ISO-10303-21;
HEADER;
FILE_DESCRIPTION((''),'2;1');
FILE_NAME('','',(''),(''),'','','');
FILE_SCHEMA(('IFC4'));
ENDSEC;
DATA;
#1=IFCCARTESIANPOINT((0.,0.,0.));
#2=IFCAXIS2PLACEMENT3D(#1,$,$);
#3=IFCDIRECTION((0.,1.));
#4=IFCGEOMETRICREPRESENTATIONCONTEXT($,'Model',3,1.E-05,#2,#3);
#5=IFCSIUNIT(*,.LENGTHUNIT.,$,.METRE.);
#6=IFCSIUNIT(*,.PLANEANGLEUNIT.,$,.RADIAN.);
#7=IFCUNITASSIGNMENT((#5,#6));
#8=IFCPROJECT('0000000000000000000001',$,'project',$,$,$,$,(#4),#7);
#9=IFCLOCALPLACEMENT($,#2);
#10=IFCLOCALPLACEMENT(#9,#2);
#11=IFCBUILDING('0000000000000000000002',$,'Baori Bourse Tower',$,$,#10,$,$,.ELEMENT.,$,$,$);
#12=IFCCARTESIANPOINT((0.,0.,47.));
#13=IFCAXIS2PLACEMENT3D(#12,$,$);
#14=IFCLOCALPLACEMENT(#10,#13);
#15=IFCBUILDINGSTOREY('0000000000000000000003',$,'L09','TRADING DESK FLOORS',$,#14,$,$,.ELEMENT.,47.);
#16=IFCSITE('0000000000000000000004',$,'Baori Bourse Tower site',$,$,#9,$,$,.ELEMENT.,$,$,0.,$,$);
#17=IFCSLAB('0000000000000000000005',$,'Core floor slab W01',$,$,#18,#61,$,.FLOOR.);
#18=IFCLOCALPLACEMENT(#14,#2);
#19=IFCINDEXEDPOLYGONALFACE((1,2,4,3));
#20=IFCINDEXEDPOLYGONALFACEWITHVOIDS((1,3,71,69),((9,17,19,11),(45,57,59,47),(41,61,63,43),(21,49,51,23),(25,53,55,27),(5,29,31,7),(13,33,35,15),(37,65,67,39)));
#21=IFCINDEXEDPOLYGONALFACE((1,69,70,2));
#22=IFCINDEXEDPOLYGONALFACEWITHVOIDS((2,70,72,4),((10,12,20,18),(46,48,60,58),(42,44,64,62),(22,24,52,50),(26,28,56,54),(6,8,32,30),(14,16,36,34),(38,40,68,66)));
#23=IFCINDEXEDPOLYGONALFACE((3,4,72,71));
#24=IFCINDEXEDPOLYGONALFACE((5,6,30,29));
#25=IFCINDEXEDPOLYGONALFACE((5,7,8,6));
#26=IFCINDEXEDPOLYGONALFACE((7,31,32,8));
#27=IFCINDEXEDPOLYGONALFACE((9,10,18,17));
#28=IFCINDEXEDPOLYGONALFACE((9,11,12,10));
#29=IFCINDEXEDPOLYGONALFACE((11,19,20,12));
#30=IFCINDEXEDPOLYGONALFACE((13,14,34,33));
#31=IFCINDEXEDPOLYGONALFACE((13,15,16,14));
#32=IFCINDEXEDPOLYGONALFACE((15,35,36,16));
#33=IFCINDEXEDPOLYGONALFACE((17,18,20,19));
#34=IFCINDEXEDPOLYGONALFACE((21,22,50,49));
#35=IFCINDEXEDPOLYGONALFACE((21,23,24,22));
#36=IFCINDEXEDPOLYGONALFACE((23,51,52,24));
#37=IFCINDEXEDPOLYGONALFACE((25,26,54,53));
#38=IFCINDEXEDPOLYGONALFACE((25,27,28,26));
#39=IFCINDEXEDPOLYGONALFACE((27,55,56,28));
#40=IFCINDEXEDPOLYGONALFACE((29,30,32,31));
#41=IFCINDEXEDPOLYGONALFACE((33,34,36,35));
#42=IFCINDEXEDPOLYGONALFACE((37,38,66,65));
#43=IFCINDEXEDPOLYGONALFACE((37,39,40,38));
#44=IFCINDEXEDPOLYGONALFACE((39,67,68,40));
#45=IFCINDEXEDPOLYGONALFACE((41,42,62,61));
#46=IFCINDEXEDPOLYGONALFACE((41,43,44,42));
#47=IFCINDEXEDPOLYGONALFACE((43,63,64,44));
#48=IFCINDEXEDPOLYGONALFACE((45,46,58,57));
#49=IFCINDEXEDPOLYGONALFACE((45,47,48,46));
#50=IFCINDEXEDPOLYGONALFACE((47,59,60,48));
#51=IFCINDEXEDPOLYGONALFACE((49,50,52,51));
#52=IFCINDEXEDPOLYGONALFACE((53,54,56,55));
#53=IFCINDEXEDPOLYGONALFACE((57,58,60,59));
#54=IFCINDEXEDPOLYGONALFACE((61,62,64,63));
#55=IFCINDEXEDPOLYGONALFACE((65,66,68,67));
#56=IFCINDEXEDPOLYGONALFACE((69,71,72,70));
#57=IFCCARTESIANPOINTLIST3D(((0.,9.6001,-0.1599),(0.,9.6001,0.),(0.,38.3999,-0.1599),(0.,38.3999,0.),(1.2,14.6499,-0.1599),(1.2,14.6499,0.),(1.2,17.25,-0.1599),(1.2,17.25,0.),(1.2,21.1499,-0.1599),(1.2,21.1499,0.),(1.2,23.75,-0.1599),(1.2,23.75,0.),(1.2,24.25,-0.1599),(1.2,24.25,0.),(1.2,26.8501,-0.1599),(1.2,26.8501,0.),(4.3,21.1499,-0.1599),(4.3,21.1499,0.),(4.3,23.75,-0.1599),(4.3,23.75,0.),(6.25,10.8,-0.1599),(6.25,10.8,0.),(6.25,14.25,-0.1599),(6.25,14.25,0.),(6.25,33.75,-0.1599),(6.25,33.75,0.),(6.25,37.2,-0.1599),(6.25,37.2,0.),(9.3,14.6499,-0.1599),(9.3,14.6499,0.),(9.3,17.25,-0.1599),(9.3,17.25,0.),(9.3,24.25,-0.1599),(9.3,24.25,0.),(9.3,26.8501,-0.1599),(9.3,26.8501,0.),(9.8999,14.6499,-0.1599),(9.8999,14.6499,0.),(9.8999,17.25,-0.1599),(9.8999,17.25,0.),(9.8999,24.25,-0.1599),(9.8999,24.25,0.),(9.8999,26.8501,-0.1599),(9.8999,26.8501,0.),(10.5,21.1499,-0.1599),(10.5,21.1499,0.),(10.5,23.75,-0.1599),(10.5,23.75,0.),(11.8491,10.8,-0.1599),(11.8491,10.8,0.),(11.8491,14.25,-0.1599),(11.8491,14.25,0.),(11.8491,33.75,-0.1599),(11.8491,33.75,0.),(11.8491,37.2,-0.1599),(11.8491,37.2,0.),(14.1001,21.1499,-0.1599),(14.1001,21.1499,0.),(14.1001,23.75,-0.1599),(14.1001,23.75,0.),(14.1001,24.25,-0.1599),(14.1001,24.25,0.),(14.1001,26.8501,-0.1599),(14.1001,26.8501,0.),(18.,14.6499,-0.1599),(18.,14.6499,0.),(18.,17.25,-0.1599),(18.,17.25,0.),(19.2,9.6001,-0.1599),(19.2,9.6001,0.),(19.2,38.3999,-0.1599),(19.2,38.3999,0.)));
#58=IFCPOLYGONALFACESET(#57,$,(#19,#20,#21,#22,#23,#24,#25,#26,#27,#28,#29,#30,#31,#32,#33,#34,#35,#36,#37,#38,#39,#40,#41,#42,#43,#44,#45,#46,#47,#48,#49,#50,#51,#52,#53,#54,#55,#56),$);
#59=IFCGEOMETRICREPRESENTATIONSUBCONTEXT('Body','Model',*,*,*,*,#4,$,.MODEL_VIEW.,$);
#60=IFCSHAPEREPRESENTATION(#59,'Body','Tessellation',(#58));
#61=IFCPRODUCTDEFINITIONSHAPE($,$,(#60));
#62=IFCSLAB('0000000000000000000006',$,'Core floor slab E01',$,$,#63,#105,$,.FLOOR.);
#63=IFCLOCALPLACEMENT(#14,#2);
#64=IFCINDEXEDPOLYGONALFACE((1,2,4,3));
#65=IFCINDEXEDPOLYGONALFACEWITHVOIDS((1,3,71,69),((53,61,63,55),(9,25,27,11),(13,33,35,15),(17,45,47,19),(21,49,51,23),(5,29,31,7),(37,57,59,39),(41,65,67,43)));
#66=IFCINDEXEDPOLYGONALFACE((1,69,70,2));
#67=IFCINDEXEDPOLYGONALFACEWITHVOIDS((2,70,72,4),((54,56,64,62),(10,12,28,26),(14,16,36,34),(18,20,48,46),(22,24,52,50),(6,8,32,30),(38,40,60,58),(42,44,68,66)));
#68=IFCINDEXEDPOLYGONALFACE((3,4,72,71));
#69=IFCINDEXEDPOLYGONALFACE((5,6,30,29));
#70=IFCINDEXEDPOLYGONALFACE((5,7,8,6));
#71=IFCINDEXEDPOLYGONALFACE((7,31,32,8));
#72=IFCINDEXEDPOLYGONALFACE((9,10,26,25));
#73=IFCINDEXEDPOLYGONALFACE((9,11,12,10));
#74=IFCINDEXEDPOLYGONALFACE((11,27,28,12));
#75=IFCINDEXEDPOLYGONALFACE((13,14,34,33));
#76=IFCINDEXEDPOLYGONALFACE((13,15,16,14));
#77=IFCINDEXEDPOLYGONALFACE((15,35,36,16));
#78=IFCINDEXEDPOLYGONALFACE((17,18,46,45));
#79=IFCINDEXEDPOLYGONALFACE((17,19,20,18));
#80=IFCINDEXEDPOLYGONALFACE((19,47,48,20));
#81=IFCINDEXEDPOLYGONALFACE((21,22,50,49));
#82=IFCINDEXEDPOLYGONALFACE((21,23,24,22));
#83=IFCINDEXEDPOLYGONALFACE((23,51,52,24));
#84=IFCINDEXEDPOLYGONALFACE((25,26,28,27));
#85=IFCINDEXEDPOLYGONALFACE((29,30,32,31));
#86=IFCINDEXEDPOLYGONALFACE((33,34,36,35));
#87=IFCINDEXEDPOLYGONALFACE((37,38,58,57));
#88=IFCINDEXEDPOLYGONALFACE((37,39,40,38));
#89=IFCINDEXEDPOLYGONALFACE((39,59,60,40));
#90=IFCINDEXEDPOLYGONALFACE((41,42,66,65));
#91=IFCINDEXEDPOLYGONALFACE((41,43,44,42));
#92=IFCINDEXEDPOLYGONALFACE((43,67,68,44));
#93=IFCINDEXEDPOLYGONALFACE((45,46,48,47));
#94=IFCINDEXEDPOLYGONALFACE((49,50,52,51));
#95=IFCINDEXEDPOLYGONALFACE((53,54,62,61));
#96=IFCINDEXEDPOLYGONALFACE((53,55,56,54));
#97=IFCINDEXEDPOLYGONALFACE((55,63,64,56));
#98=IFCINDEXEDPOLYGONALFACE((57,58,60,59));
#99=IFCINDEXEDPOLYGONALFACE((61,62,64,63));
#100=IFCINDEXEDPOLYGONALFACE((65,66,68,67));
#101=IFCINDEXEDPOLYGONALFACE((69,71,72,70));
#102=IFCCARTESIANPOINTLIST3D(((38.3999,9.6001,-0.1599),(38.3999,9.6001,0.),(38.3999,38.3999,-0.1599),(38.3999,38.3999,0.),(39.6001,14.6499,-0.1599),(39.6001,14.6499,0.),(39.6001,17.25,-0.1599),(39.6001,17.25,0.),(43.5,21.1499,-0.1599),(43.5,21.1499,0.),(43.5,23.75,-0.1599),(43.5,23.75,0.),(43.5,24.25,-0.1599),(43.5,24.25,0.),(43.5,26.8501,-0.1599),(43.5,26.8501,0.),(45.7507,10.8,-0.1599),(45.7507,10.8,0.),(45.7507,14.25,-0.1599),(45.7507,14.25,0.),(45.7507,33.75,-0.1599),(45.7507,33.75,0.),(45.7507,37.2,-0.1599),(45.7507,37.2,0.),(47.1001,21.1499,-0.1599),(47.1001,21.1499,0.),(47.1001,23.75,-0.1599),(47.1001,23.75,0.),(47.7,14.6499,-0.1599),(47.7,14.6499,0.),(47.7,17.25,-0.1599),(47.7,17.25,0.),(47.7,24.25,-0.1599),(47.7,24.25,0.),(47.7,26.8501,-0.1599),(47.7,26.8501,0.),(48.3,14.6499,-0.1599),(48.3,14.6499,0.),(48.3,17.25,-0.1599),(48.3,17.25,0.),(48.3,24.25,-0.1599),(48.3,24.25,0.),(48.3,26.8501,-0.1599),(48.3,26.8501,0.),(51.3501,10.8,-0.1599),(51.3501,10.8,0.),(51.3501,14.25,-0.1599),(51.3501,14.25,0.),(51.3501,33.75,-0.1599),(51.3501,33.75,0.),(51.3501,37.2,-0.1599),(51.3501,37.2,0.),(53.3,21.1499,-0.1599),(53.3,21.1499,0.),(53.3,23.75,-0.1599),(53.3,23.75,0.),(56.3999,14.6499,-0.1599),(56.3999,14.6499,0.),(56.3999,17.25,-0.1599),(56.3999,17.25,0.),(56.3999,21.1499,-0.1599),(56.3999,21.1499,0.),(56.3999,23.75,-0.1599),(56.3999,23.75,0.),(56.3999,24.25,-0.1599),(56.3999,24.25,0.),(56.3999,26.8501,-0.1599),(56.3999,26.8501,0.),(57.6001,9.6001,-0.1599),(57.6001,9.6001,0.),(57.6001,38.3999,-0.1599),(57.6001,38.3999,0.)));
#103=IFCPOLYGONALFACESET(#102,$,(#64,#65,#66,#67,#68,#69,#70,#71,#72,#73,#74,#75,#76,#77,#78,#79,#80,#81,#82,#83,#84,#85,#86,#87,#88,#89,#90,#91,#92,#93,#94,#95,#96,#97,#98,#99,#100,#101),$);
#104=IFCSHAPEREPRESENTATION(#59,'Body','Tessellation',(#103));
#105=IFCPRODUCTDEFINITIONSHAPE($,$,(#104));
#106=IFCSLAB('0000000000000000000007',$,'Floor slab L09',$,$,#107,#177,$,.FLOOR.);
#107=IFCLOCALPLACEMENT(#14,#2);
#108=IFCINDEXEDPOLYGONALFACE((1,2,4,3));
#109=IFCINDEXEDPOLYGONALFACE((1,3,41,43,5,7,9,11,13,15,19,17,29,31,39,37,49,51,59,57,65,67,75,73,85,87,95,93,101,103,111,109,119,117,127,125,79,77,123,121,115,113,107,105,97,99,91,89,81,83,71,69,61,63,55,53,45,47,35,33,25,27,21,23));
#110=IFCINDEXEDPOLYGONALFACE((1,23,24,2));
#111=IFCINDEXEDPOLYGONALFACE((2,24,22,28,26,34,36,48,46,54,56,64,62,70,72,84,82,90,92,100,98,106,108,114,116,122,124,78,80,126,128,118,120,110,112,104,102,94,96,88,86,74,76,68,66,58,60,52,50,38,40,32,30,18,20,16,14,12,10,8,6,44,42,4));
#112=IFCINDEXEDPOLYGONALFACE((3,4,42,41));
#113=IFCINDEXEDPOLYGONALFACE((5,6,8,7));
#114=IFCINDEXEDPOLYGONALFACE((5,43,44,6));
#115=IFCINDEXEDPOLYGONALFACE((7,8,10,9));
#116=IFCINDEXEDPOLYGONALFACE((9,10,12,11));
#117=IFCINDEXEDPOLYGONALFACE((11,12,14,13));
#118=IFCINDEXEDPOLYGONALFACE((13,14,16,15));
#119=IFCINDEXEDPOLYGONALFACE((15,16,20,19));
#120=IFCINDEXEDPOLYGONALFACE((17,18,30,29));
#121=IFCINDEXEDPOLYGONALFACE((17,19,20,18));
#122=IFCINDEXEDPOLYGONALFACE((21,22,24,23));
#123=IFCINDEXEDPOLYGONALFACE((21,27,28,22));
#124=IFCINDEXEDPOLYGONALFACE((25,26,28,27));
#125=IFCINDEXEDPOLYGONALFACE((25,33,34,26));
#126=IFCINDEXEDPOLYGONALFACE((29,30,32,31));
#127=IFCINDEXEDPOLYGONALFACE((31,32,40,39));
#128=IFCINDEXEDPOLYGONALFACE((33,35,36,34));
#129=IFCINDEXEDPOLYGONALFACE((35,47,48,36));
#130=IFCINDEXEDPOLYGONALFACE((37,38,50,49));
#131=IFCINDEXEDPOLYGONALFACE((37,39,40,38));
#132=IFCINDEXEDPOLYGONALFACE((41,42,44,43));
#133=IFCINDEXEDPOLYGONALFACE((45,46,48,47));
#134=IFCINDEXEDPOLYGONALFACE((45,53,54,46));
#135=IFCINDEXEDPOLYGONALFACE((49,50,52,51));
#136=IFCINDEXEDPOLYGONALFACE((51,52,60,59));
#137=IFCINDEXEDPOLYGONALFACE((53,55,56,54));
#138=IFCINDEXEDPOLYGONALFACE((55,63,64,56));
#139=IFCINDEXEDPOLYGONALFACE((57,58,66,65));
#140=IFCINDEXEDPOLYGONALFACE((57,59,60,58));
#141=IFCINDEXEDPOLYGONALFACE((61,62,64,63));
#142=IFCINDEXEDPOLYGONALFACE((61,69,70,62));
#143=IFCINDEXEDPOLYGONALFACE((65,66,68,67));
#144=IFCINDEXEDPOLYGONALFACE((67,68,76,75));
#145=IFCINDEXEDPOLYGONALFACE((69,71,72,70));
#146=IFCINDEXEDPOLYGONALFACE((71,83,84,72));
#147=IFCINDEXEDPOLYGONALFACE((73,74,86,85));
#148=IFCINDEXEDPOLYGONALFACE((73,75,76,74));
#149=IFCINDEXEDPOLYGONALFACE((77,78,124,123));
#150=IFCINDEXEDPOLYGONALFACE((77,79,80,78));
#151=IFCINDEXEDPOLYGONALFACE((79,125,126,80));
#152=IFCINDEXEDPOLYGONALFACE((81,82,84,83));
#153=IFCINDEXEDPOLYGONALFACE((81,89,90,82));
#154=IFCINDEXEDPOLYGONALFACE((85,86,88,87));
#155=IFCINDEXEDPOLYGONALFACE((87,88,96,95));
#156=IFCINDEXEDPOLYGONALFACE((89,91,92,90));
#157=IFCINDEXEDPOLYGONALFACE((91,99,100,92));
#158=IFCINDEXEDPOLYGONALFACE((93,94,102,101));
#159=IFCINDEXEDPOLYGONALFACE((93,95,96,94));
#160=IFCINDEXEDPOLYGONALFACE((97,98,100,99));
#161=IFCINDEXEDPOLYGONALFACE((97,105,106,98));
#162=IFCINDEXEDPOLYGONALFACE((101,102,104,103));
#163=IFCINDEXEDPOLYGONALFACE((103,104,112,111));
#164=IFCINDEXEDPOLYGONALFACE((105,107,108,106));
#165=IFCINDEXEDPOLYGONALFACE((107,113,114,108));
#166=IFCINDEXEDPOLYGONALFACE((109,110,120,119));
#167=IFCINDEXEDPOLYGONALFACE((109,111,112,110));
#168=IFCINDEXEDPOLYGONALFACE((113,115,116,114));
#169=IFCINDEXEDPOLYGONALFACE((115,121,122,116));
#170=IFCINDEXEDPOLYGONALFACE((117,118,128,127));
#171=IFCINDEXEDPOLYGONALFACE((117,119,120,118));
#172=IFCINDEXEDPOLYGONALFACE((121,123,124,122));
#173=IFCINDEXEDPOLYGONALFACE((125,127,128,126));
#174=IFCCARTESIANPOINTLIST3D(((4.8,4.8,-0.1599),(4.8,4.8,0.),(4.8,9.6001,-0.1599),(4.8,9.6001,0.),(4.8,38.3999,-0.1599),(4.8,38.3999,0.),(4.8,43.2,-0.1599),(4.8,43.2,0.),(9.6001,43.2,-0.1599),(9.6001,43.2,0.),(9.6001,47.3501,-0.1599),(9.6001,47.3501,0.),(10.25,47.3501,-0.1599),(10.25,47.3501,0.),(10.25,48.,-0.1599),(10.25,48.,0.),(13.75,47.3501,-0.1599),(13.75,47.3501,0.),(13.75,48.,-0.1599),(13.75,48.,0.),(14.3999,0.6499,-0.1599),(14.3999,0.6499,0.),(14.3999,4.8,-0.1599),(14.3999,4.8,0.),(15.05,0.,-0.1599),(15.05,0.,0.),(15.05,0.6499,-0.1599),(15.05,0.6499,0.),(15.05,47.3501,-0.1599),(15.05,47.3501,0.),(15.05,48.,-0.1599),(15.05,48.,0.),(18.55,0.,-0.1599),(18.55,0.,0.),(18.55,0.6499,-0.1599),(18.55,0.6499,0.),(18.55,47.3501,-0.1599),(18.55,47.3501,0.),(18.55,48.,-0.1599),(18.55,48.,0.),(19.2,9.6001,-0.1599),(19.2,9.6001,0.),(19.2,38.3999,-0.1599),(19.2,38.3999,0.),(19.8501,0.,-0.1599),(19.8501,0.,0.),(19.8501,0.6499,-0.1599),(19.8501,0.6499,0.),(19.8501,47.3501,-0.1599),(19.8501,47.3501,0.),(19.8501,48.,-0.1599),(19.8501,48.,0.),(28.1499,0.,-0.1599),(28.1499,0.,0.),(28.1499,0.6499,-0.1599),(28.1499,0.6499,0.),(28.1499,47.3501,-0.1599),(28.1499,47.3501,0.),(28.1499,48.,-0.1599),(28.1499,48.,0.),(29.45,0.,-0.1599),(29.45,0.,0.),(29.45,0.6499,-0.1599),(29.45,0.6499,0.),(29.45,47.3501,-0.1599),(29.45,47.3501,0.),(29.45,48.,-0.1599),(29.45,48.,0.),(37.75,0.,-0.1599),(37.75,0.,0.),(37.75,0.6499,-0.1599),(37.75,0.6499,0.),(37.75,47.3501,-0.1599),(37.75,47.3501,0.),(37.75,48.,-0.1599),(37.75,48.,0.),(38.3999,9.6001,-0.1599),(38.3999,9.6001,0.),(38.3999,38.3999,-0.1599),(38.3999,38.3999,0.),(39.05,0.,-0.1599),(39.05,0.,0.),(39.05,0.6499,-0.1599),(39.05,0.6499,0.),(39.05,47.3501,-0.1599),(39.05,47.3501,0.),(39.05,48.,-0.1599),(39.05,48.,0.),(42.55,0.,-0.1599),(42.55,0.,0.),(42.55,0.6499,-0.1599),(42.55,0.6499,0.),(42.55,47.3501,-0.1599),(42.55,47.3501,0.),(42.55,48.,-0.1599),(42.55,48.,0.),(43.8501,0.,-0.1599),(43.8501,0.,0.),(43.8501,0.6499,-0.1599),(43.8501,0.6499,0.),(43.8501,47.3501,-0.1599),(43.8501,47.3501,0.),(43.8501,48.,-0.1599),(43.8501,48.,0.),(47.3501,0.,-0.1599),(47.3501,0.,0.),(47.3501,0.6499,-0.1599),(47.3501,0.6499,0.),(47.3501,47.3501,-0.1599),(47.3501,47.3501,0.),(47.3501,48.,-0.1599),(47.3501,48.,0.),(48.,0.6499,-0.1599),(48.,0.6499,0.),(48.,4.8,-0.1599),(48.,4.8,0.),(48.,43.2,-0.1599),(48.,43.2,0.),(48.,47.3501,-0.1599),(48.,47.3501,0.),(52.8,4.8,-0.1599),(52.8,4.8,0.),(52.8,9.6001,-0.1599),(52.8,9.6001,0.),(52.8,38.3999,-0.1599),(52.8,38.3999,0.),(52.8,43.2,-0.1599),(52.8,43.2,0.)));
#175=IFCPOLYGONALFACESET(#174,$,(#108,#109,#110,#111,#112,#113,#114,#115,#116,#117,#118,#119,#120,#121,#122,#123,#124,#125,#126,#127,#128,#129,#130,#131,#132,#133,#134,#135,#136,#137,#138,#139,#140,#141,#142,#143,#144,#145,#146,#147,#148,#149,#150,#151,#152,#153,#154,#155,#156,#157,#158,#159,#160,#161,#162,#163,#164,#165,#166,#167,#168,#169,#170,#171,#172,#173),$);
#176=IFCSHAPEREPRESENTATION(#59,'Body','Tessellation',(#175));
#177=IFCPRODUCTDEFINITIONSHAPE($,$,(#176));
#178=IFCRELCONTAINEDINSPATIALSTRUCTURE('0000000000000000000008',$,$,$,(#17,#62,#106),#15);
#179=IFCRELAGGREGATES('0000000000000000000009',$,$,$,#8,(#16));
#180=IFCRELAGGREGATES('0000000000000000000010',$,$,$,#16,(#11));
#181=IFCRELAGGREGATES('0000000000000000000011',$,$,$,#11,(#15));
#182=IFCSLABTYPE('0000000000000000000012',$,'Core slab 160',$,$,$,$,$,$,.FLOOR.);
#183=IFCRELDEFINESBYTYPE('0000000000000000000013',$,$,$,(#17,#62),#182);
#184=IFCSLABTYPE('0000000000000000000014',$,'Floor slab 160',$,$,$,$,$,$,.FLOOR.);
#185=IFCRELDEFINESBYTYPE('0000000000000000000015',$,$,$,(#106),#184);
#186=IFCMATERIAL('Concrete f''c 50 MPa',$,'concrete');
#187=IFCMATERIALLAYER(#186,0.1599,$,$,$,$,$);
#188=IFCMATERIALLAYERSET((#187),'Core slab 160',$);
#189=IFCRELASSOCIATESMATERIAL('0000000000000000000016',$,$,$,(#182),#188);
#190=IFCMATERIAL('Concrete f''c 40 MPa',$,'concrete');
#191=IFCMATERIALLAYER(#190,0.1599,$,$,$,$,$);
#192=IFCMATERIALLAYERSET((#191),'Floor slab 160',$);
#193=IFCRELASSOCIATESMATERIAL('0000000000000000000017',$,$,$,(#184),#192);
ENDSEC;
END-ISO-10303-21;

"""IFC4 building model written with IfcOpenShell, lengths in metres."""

from ifc_helpers import new_model, si_unit, direction, frame, origin, place, context, subcontext, project, spatial, polyline, outline, extrude, material, layer, layer_set, type_object, element, save


model = new_model("IFC4")

# Units and contexts
model_context = context("Model", 3, precision=1e-05, world=origin(), true_north=direction((0.0, 1.0)))
body_context = subcontext(model_context, "Body", "Model", "MODEL_VIEW")
ifc_project = project(units=[si_unit("LENGTHUNIT", "METRE"), si_unit("PLANEANGLEUNIT", "RADIAN")], contexts=[model_context])

# Site, building, storey
site_placement = place(None, origin())
site = spatial("IfcSite", under=ifc_project, at=site_placement, Name="Baori Bourse Tower site", CompositionType="ELEMENT", RefElevation=0.0)
building_placement = place(site_placement, origin())
building = spatial("IfcBuilding", under=site, at=building_placement, Name="Baori Bourse Tower", CompositionType="ELEMENT")
storey_placement = place(building_placement, frame((0.0, 0.0, 47.0)))
storey = spatial("IfcBuildingStorey", under=building, at=storey_placement, Name="L09", Description="TRADING DESK FLOORS", CompositionType="ELEMENT", Elevation=47.0)

# Slabs
ifc_material_1 = material(Name="Concrete f'c 50 MPa", Category="concrete")
ifc_layer_1 = layer(ifc_material_1, 0.1599)
ifc_layer_set_1 = layer_set([ifc_layer_1], Name="Core slab 160")
slab_type_1 = type_object("IfcSlabType", Name="Core slab 160", PredefinedType="FLOOR", material=ifc_layer_set_1)
slab_1_placement = place(storey_placement, frame((0.0, 0.0, -0.1599)))
element("IfcSlab", 1, at=slab_1_placement, inside=storey, type_object=slab_type_1, Name="Core floor slab W01", PredefinedType="FLOOR", context=body_context, shape_type="SweptSolid", body=[
    extrude(outline(polyline([(19.2, 9.6001), (19.2, 38.3999), (0.0, 38.3999), (0.0, 9.6001), (19.2, 9.6001)]), holes=[polyline([(9.8999, 14.6499), (9.8999, 17.25), (18.0, 17.25), (18.0, 14.6499), (9.8999, 14.6499)]), polyline([(10.5, 21.1499), (10.5, 23.75), (14.1001, 23.75), (14.1001, 21.1499), (10.5, 21.1499)]), polyline([(14.1001, 24.25), (9.8999, 24.25), (9.8999, 26.8501), (14.1001, 26.8501), (14.1001, 24.25)]), polyline([(6.25, 14.25), (11.8491, 14.25), (11.8491, 10.8), (6.25, 10.8), (6.25, 14.25)]), polyline([(11.8491, 37.2), (11.8491, 33.75), (6.25, 33.75), (6.25, 37.2), (11.8491, 37.2)]), polyline([(1.2, 26.8501), (9.3, 26.8501), (9.3, 24.25), (1.2, 24.25), (1.2, 26.8501)]), polyline([(9.3, 14.6499), (1.2, 14.6499), (1.2, 17.25), (9.3, 17.25), (9.3, 14.6499)]), polyline([(4.3, 23.75), (4.3, 21.1499), (1.2, 21.1499), (1.2, 23.75), (4.3, 23.75)])]), origin(), (0.0, 0.0, 1.0), 0.1599),
])
slab_2_placement = place(storey_placement, frame((0.0, 0.0, -0.1599)))
element("IfcSlab", 2, at=slab_2_placement, inside=storey, type_object=slab_type_1, Name="Core floor slab E01", PredefinedType="FLOOR", context=body_context, shape_type="SweptSolid", body=[
    extrude(outline(polyline([(38.3999, 9.6001), (57.6001, 9.6001), (57.6001, 38.3999), (38.3999, 38.3999), (38.3999, 9.6001)]), holes=[polyline([(48.3, 14.6499), (48.3, 17.25), (56.3999, 17.25), (56.3999, 14.6499), (48.3, 14.6499)]), polyline([(56.3999, 21.1499), (53.3, 21.1499), (53.3, 23.75), (56.3999, 23.75), (56.3999, 21.1499)]), polyline([(56.3999, 26.8501), (56.3999, 24.25), (48.3, 24.25), (48.3, 26.8501), (56.3999, 26.8501)]), polyline([(45.7507, 14.25), (51.3501, 14.25), (51.3501, 10.8), (45.7507, 10.8), (45.7507, 14.25)]), polyline([(51.3501, 37.2), (51.3501, 33.75), (45.7507, 33.75), (45.7507, 37.2), (51.3501, 37.2)]), polyline([(39.6001, 17.25), (47.7, 17.25), (47.7, 14.6499), (39.6001, 14.6499), (39.6001, 17.25)]), polyline([(43.5, 24.25), (43.5, 26.8501), (47.7, 26.8501), (47.7, 24.25), (43.5, 24.25)]), polyline([(43.5, 23.75), (47.1001, 23.75), (47.1001, 21.1499), (43.5, 21.1499), (43.5, 23.75)])]), origin(), (0.0, 0.0, 1.0), 0.1599),
])
ifc_material_2 = material(Name="Concrete f'c 40 MPa", Category="concrete")
ifc_layer_2 = layer(ifc_material_2, 0.1599)
ifc_layer_set_2 = layer_set([ifc_layer_2], Name="Floor slab 160")
slab_type_2 = type_object("IfcSlabType", Name="Floor slab 160", PredefinedType="FLOOR", material=ifc_layer_set_2)
slab_3_placement = place(storey_placement, frame((0.0, 0.0, -0.1599)))
element("IfcSlab", 3, at=slab_3_placement, inside=storey, type_object=slab_type_2, Name="Floor slab L09", PredefinedType="FLOOR", context=body_context, shape_type="SweptSolid", body=[
    extrude(outline(polyline([(14.3999, 4.8), (4.8, 4.8), (4.8, 9.6001), (19.2, 9.6001), (19.2, 38.3999), (4.8, 38.3999), (4.8, 43.2), (9.6001, 43.2), (9.6001, 47.3501), (10.25, 47.3501), (10.25, 48.0), (13.75, 48.0), (13.75, 47.3501), (15.05, 47.3501), (15.05, 48.0), (18.55, 48.0), (18.55, 47.3501), (19.8501, 47.3501), (19.8501, 48.0), (28.1499, 48.0), (28.1499, 47.3501), (29.45, 47.3501), (29.45, 48.0), (37.75, 48.0), (37.75, 47.3501), (39.05, 47.3501), (39.05, 48.0), (42.55, 48.0), (42.55, 47.3501), (43.8501, 47.3501), (43.8501, 48.0), (47.3501, 48.0), (47.3501, 47.3501), (48.0, 47.3501), (48.0, 43.2), (52.8, 43.2), (52.8, 38.3999), (38.3999, 38.3999), (38.3999, 9.6001), (52.8, 9.6001), (52.8, 4.8), (48.0, 4.8), (48.0, 0.6499), (47.3501, 0.6499), (47.3501, 0.0), (43.8501, 0.0), (43.8501, 0.6499), (42.55, 0.6499), (42.55, 0.0), (39.05, 0.0), (39.05, 0.6499), (37.75, 0.6499), (37.75, 0.0), (29.45, 0.0), (29.45, 0.6499), (28.1499, 0.6499), (28.1499, 0.0), (19.8501, 0.0), (19.8501, 0.6499), (18.55, 0.6499), (18.55, 0.0), (15.05, 0.0), (15.05, 0.6499), (14.3999, 0.6499), (14.3999, 4.8)])), origin(), (0.0, 0.0, 1.0), 0.1599),
])

save(model, "model.ifc")
